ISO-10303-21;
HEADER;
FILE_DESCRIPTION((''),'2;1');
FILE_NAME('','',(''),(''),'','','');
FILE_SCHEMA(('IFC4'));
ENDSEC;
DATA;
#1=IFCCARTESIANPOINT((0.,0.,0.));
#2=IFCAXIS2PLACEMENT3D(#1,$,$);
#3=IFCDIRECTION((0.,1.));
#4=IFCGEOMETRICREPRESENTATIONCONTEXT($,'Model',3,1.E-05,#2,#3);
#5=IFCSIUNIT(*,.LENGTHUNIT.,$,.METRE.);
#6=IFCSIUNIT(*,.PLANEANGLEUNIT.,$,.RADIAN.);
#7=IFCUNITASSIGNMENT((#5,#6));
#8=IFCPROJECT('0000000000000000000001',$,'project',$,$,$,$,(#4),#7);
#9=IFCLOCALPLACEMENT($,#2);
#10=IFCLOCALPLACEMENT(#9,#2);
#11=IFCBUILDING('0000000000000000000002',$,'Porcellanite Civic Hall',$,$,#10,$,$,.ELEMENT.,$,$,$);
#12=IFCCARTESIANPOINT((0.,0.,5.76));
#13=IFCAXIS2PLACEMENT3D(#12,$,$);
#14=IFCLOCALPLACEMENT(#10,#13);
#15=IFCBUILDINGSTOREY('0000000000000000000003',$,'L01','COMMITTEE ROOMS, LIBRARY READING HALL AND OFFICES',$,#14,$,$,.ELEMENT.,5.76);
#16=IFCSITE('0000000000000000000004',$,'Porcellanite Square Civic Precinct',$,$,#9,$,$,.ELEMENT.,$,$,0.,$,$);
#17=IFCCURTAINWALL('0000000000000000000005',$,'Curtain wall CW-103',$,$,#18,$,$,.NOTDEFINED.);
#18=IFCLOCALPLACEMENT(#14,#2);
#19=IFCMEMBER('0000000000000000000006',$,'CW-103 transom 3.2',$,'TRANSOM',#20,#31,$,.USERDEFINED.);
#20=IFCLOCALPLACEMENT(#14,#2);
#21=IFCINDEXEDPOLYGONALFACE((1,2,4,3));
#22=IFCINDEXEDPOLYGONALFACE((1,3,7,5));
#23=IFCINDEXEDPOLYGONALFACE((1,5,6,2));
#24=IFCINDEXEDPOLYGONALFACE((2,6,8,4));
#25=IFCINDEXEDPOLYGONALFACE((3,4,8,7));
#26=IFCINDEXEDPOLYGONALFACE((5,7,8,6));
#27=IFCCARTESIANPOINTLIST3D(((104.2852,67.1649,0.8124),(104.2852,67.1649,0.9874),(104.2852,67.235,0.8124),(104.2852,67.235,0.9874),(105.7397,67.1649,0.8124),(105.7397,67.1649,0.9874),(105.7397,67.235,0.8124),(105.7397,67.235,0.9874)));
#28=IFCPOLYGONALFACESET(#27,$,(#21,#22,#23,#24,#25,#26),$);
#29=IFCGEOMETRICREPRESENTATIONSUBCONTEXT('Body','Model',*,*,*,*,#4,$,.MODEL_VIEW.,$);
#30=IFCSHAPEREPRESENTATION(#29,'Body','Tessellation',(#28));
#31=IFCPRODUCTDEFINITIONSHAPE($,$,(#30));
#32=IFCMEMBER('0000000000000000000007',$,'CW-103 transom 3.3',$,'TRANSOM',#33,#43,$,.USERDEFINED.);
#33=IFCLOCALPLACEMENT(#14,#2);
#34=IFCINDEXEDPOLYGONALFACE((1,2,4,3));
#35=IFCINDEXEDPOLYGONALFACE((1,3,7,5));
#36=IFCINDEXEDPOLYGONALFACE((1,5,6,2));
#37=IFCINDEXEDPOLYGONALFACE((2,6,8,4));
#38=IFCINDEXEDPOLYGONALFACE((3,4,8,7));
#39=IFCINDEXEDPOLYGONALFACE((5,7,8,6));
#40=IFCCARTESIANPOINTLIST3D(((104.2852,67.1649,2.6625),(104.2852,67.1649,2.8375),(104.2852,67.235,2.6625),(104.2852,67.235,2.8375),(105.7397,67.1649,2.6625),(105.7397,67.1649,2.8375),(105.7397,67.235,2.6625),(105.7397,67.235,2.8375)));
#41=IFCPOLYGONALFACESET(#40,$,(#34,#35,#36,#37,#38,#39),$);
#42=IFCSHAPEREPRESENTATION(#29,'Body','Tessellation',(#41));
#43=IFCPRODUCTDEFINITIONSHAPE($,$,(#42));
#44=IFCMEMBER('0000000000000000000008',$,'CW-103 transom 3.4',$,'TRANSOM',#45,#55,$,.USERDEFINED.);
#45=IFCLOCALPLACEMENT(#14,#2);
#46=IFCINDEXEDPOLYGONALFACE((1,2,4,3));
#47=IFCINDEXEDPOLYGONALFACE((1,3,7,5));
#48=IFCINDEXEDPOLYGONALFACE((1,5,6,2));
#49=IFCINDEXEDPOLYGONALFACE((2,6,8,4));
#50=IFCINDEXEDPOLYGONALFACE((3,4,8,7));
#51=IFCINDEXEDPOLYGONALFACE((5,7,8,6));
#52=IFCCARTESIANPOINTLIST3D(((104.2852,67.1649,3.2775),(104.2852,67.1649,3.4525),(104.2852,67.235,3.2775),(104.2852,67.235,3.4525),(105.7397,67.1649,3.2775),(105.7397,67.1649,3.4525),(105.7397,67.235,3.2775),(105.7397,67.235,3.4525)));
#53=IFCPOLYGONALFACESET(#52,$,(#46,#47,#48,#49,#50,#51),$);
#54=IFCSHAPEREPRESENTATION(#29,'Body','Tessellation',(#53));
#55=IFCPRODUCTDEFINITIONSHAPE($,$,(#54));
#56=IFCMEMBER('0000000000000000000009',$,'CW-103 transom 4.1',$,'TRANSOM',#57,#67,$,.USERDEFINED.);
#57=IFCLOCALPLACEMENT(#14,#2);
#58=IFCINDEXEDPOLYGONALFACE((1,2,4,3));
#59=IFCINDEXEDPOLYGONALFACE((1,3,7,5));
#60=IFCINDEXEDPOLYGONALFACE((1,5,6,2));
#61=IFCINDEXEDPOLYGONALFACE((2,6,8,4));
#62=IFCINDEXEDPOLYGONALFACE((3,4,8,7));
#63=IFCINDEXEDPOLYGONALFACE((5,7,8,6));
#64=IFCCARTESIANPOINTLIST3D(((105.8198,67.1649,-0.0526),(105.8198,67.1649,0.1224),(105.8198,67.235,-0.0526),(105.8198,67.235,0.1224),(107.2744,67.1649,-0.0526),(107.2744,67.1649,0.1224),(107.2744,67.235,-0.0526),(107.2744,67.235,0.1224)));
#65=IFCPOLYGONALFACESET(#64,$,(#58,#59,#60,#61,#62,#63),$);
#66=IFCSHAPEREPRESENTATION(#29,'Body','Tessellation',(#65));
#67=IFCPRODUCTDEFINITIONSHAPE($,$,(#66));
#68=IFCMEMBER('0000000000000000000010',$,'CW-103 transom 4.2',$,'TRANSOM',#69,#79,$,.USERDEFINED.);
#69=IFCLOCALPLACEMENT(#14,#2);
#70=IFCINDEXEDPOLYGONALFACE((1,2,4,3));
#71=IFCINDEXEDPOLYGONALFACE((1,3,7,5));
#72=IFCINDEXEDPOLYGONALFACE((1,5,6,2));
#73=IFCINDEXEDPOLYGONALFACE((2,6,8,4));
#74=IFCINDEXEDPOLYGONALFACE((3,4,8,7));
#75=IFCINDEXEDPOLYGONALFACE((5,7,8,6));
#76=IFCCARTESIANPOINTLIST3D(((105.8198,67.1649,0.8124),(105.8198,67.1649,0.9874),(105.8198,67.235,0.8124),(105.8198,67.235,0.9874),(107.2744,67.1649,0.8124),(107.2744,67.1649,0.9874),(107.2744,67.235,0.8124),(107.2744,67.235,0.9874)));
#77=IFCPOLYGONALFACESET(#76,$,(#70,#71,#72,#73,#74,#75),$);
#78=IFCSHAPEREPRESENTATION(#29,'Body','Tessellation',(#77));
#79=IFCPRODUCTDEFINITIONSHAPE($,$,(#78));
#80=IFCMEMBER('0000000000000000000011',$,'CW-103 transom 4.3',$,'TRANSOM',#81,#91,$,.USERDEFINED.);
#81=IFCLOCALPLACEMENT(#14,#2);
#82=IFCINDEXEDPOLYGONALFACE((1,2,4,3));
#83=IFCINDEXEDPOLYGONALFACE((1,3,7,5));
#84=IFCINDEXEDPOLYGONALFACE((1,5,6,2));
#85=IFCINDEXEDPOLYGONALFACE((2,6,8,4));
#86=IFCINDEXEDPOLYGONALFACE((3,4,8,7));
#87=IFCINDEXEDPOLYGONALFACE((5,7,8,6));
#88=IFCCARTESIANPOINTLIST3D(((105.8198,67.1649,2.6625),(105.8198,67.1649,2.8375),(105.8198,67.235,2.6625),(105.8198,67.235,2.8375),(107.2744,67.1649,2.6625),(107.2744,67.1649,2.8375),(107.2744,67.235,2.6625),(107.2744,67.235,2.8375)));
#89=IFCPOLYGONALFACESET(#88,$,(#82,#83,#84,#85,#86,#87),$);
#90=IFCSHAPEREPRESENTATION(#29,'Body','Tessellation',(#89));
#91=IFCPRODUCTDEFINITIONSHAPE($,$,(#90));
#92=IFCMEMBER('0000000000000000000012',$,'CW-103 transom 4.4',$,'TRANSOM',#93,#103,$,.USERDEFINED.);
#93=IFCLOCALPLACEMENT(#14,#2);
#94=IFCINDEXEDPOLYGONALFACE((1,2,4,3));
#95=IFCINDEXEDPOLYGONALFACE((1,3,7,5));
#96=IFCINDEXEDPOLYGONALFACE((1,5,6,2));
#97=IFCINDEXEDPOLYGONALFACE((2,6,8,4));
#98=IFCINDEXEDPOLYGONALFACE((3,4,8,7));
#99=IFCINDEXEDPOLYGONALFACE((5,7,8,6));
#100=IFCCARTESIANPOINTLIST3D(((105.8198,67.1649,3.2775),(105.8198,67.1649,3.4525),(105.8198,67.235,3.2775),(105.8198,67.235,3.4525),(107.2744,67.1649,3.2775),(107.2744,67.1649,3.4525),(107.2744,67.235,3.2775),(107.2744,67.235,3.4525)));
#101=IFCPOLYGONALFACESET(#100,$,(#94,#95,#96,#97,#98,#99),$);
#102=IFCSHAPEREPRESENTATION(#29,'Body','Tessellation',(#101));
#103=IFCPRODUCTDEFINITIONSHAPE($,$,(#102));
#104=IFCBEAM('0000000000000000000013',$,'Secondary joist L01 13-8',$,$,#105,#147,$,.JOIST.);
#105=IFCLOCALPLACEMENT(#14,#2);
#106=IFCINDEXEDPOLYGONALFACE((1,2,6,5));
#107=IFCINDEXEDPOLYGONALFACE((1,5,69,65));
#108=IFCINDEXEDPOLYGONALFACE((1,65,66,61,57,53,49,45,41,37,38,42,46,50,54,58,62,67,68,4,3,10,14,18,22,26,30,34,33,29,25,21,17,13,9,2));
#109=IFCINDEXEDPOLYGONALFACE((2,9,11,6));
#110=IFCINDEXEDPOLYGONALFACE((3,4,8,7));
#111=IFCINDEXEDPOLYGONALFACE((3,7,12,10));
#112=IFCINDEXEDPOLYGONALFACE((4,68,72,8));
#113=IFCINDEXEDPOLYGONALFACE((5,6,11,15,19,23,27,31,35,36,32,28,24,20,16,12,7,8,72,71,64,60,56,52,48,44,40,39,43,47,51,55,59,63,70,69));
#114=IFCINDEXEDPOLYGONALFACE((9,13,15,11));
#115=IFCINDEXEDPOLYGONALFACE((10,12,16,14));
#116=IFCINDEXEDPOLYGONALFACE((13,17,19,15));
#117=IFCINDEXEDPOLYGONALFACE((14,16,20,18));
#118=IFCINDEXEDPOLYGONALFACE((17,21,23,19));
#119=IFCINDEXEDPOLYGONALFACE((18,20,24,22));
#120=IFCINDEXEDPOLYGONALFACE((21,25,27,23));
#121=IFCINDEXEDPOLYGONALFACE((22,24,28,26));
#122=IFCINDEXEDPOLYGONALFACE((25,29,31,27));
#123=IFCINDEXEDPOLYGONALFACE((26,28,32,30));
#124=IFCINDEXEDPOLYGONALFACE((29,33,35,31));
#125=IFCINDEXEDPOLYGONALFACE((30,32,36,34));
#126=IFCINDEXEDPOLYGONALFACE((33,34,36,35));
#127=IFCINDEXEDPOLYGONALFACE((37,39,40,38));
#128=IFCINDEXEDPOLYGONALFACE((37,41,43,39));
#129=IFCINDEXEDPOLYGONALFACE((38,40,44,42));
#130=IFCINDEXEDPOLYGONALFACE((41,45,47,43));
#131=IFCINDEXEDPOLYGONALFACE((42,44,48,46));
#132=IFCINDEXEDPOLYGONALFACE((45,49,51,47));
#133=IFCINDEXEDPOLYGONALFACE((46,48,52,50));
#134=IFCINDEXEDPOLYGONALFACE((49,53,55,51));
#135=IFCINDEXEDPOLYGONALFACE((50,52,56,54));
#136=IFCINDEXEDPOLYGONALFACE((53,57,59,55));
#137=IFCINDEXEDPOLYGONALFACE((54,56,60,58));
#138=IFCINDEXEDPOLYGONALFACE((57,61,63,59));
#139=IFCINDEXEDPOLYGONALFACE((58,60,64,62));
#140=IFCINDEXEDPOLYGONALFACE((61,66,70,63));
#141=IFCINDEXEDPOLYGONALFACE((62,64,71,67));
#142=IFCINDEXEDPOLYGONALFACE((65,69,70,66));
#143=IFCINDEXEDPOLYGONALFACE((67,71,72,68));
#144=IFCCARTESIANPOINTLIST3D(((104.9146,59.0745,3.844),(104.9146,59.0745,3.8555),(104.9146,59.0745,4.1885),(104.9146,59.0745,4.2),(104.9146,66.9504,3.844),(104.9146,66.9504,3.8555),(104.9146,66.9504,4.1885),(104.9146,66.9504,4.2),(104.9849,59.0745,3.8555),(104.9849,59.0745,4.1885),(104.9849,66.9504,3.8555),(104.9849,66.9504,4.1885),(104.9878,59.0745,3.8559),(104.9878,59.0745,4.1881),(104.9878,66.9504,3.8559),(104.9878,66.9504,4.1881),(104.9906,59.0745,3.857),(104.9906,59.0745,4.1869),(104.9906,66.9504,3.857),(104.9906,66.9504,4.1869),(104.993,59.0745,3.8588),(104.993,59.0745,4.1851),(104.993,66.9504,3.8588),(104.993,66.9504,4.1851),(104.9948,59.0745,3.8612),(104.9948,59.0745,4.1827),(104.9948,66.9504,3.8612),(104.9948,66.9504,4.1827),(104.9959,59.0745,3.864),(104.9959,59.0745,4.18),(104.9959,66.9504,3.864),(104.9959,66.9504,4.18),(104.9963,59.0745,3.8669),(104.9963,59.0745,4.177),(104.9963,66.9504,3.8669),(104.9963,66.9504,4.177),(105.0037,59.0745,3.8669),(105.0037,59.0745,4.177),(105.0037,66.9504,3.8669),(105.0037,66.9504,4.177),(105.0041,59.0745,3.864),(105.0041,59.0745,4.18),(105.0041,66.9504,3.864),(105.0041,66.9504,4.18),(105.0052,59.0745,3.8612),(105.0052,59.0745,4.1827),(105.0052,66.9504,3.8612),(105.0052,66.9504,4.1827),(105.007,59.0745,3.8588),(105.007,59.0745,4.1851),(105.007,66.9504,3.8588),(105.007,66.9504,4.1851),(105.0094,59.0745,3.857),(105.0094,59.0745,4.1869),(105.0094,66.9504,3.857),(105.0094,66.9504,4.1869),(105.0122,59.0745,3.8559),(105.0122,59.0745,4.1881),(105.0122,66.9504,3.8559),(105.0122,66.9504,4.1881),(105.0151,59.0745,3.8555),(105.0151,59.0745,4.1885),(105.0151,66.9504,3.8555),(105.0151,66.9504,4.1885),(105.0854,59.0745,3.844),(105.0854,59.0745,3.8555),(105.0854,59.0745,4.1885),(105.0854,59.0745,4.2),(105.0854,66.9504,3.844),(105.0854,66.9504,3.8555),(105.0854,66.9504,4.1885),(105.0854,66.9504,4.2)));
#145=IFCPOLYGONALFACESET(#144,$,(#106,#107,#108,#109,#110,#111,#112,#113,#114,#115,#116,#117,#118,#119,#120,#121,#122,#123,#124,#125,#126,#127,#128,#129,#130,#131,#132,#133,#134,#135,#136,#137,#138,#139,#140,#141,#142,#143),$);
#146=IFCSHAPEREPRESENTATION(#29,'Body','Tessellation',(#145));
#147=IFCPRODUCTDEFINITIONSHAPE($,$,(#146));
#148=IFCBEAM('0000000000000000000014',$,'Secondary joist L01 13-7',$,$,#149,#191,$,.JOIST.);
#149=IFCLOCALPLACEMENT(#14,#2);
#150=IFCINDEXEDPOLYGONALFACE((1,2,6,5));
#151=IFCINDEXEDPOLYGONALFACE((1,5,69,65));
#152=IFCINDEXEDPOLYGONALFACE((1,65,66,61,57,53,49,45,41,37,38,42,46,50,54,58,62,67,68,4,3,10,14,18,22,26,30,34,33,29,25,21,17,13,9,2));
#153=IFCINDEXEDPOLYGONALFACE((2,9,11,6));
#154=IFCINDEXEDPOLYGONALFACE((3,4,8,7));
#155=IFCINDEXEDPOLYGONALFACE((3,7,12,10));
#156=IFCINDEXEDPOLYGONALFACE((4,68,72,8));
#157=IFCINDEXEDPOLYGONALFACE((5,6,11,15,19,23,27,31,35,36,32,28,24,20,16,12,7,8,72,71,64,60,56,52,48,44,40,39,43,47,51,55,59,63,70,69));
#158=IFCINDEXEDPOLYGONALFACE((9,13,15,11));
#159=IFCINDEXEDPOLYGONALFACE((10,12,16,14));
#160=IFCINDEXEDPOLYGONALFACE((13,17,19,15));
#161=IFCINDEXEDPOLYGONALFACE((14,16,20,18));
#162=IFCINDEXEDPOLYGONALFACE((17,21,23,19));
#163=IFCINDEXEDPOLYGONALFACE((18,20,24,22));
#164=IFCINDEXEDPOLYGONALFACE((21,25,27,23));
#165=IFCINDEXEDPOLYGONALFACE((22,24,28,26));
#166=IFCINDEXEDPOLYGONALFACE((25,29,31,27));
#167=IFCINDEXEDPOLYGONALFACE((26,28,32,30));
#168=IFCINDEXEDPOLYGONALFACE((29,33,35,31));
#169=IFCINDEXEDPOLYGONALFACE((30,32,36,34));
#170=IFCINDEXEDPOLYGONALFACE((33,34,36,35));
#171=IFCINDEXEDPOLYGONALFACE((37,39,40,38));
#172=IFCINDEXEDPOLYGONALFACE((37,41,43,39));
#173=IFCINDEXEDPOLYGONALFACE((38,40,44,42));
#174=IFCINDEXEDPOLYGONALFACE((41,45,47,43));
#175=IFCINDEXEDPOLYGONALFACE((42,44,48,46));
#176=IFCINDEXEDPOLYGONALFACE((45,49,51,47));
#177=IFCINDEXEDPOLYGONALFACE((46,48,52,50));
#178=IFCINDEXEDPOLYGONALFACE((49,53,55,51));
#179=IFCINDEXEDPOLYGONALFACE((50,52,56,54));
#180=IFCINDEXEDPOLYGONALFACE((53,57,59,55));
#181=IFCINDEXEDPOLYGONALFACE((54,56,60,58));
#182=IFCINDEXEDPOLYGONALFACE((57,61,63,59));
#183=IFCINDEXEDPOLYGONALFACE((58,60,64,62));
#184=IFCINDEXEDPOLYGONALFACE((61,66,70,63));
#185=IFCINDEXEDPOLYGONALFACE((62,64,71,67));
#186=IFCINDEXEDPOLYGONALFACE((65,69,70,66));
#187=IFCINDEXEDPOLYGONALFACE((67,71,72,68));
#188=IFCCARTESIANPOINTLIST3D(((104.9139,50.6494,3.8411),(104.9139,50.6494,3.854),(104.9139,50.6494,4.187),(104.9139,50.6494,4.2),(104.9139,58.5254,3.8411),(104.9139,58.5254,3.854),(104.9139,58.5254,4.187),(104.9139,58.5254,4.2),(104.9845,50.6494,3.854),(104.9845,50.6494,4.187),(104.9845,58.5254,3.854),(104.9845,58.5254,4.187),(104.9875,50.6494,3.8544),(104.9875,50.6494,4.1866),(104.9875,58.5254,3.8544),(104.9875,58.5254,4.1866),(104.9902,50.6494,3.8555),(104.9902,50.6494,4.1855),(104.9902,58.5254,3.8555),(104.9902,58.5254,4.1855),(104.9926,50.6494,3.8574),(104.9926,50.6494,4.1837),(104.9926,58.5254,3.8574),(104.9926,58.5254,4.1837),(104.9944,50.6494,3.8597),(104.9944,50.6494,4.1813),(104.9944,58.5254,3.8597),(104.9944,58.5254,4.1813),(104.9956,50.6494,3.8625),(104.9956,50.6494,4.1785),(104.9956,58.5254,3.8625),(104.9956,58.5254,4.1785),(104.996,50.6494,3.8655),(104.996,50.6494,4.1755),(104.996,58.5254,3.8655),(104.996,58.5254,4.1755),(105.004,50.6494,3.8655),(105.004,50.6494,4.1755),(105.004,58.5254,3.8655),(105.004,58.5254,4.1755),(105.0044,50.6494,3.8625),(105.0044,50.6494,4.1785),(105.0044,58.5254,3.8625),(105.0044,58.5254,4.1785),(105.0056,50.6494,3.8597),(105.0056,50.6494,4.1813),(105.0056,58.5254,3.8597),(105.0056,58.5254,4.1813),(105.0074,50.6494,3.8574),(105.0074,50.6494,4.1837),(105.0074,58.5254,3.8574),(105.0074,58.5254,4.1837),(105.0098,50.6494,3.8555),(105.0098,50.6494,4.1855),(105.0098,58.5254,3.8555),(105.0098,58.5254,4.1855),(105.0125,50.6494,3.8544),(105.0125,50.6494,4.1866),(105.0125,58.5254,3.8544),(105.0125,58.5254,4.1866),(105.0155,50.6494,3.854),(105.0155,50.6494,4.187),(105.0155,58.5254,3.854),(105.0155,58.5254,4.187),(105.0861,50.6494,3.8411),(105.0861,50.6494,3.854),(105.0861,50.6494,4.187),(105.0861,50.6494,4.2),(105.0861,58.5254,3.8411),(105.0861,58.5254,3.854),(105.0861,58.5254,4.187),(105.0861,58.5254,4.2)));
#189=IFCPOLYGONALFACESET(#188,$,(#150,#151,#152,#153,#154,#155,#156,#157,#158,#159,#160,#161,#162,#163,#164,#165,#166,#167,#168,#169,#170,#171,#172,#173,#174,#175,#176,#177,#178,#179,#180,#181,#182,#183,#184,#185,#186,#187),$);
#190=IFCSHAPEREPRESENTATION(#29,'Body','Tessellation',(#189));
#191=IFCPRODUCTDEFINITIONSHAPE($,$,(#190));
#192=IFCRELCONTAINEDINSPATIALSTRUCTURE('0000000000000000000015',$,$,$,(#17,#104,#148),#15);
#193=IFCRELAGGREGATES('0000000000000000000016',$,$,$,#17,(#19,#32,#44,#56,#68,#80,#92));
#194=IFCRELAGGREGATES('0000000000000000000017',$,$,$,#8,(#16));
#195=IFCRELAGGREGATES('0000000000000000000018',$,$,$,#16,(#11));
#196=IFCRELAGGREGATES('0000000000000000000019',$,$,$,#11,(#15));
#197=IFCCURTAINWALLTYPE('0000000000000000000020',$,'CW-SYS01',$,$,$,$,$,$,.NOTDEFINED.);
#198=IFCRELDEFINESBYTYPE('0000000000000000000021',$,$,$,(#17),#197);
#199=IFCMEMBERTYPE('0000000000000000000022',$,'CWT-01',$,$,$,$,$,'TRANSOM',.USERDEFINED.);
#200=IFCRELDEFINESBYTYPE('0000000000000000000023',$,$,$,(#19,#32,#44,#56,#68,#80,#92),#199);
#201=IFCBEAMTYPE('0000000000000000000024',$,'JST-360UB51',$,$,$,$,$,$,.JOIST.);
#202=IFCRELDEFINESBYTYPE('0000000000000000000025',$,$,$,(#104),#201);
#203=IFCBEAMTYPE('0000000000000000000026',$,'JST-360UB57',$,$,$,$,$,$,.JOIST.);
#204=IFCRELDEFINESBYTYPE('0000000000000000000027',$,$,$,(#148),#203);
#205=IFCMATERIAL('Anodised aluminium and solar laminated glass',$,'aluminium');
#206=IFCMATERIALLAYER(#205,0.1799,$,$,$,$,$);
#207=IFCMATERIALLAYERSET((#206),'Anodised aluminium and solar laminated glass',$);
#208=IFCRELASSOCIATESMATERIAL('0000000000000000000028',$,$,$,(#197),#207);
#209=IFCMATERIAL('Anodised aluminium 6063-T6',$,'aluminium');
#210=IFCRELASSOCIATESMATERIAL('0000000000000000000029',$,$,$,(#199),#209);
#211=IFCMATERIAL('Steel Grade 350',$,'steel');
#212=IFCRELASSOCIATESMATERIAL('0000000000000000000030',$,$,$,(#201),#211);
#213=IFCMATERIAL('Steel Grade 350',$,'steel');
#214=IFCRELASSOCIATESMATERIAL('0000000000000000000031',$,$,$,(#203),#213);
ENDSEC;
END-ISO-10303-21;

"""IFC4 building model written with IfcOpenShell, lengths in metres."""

from ifc_helpers import new_model, si_unit, direction, frame, origin, origin_2d, place, context, subcontext, project, spatial, rectangle, i_section, extrude, material, layer, layer_set, material_profile, profile_set, type_object, element, aggregate, save


model = new_model("IFC4")

# Units and contexts
model_context = context("Model", 3, precision=1e-05, world=origin(), true_north=direction((0.0, 1.0)))
body_context = subcontext(model_context, "Body", "Model", "MODEL_VIEW")
ifc_project = project(units=[si_unit("LENGTHUNIT", "METRE"), si_unit("PLANEANGLEUNIT", "RADIAN")], contexts=[model_context])

# Site, building, storey
site_placement = place(None, origin())
site = spatial("IfcSite", under=ifc_project, at=site_placement, Name="Porcellanite Square Civic Precinct", CompositionType="ELEMENT", RefElevation=0.0)
building_placement = place(site_placement, origin())
building = spatial("IfcBuilding", under=site, at=building_placement, Name="Porcellanite Civic Hall", CompositionType="ELEMENT")
storey_placement = place(building_placement, frame((0.0, 0.0, 5.76)))
storey = spatial("IfcBuildingStorey", under=building, at=storey_placement, Name="L01", Description="COMMITTEE ROOMS, LIBRARY READING HALL AND OFFICES", CompositionType="ELEMENT", Elevation=5.76)

# Shared definitions
ifc_material_1 = material(Name="Anodised aluminium and solar laminated glass", Category="aluminium")
ifc_layer_1 = layer(ifc_material_1, 0.1799)
ifc_layer_set_1 = layer_set([ifc_layer_1], Name="Anodised aluminium and solar laminated glass")
curtain_wall_type = type_object("IfcCurtainWallType", Name="CW-SYS01", PredefinedType="NOTDEFINED", material=ifc_layer_set_1)

# Curtain wall
curtain_wall_1_placement = place(storey_placement, origin())
curtain_wall_1 = element("IfcCurtainWall", 1, at=curtain_wall_1_placement, inside=storey, type_object=curtain_wall_type, Name="Curtain wall CW-103", PredefinedType="NOTDEFINED")

# Members
ifc_material_2 = material(Name="Anodised aluminium 6063-T6", Category="aluminium")
ifc_material_profile_1 = material_profile(ifc_material_2, rectangle(XDim=0.0701, YDim=0.175, at=origin_2d()), Name="AL-70x175")
ifc_profile_set_1 = profile_set([ifc_material_profile_1], Name="Anodised aluminium 6063-T6")
member_type_1 = type_object("IfcMemberType", Name="CWT-01", ElementType="TRANSOM", PredefinedType="USERDEFINED", material=ifc_profile_set_1)
member_1_placement = place(storey_placement, frame((104.2852, 67.2, 0.8999), z_axis=(1.0, 0.0, 0.0), x_axis=(0.0, 1.0, 0.0)))
member_1 = element("IfcMember", 2, at=member_1_placement, type_object=member_type_1, Name="CW-103 transom 3.2", ObjectType="TRANSOM", PredefinedType="USERDEFINED", context=body_context, shape_type="SweptSolid", body=[
    extrude(rectangle(XDim=0.0701, YDim=0.175, at=origin_2d()), origin(), (0.0, 0.0, 1.0), 1.4546),
])
member_2_placement = place(storey_placement, frame((104.2852, 67.2, 2.75), z_axis=(1.0, 0.0, 0.0), x_axis=(0.0, 1.0, 0.0)))
member_2 = element("IfcMember", 3, at=member_2_placement, type_object=member_type_1, Name="CW-103 transom 3.3", ObjectType="TRANSOM", PredefinedType="USERDEFINED", context=body_context, shape_type="SweptSolid", body=[
    extrude(rectangle(XDim=0.0701, YDim=0.175, at=origin_2d()), origin(), (0.0, 0.0, 1.0), 1.4546),
])
member_3_placement = place(storey_placement, frame((104.2852, 67.2, 3.365), z_axis=(1.0, 0.0, 0.0), x_axis=(0.0, 1.0, 0.0)))
member_3 = element("IfcMember", 4, at=member_3_placement, type_object=member_type_1, Name="CW-103 transom 3.4", ObjectType="TRANSOM", PredefinedType="USERDEFINED", context=body_context, shape_type="SweptSolid", body=[
    extrude(rectangle(XDim=0.0701, YDim=0.175, at=origin_2d()), origin(), (0.0, 0.0, 1.0), 1.4546),
])
member_4_placement = place(storey_placement, frame((105.8198, 67.2, 0.0349), z_axis=(1.0, 0.0, 0.0), x_axis=(0.0, 1.0, 0.0)))
member_4 = element("IfcMember", 5, at=member_4_placement, type_object=member_type_1, Name="CW-103 transom 4.1", ObjectType="TRANSOM", PredefinedType="USERDEFINED", context=body_context, shape_type="SweptSolid", body=[
    extrude(rectangle(XDim=0.0701, YDim=0.175, at=origin_2d()), origin(), (0.0, 0.0, 1.0), 1.4546),
])
member_5_placement = place(storey_placement, frame((105.8198, 67.2, 0.8999), z_axis=(1.0, 0.0, 0.0), x_axis=(0.0, 1.0, 0.0)))
member_5 = element("IfcMember", 6, at=member_5_placement, type_object=member_type_1, Name="CW-103 transom 4.2", ObjectType="TRANSOM", PredefinedType="USERDEFINED", context=body_context, shape_type="SweptSolid", body=[
    extrude(rectangle(XDim=0.0701, YDim=0.175, at=origin_2d()), origin(), (0.0, 0.0, 1.0), 1.4546),
])
member_6_placement = place(storey_placement, frame((105.8198, 67.2, 2.75), z_axis=(1.0, 0.0, 0.0), x_axis=(0.0, 1.0, 0.0)))
member_6 = element("IfcMember", 7, at=member_6_placement, type_object=member_type_1, Name="CW-103 transom 4.3", ObjectType="TRANSOM", PredefinedType="USERDEFINED", context=body_context, shape_type="SweptSolid", body=[
    extrude(rectangle(XDim=0.0701, YDim=0.175, at=origin_2d()), origin(), (0.0, 0.0, 1.0), 1.4546),
])
member_7_placement = place(storey_placement, frame((105.8198, 67.2, 3.365), z_axis=(1.0, 0.0, 0.0), x_axis=(0.0, 1.0, 0.0)))
member_7 = element("IfcMember", 8, at=member_7_placement, type_object=member_type_1, Name="CW-103 transom 4.4", ObjectType="TRANSOM", PredefinedType="USERDEFINED", context=body_context, shape_type="SweptSolid", body=[
    extrude(rectangle(XDim=0.0701, YDim=0.175, at=origin_2d()), origin(), (0.0, 0.0, 1.0), 1.4546),
])

# Beams
ifc_material_3 = material(Name="Steel Grade 350", Category="steel")
ifc_material_profile_2 = material_profile(ifc_material_3, i_section(OverallWidth=0.1709, OverallDepth=0.356, WebThickness=0.0073, FlangeThickness=0.0115, FilletRadius=0.0115, at=origin_2d()), Name="360UB50.7")
ifc_profile_set_2 = profile_set([ifc_material_profile_2], Name="Steel Grade 350")
beam_type_1 = type_object("IfcBeamType", Name="JST-360UB51", PredefinedType="JOIST", material=ifc_profile_set_2)
beam_1_placement = place(storey_placement, frame((105.0, 59.0745, 4.022), z_axis=(0.0, 1.0, 0.0), x_axis=(-1.0, 0.0, 0.0)))
element("IfcBeam", 9, at=beam_1_placement, inside=storey, type_object=beam_type_1, Name="Secondary joist L01 13-8", PredefinedType="JOIST", context=body_context, shape_type="SweptSolid", body=[
    extrude(i_section(OverallWidth=0.1709, OverallDepth=0.356, WebThickness=0.0073, FlangeThickness=0.0115, FilletRadius=0.0115, at=origin_2d()), origin(), (0.0, 0.0, 1.0), 7.876),
])
ifc_material_4 = material(Name="Steel Grade 350", Category="steel")
ifc_material_profile_3 = material_profile(ifc_material_4, i_section(OverallWidth=0.1721, OverallDepth=0.3589, WebThickness=0.0081, FlangeThickness=0.0129, FilletRadius=0.0115, at=origin_2d()), Name="360UB56.7")
ifc_profile_set_3 = profile_set([ifc_material_profile_3], Name="Steel Grade 350")
beam_type_2 = type_object("IfcBeamType", Name="JST-360UB57", PredefinedType="JOIST", material=ifc_profile_set_3)
beam_2_placement = place(storey_placement, frame((105.0, 50.6494, 4.0205), z_axis=(0.0, 1.0, 0.0), x_axis=(-1.0, 0.0, 0.0)))
element("IfcBeam", 10, at=beam_2_placement, inside=storey, type_object=beam_type_2, Name="Secondary joist L01 13-7", PredefinedType="JOIST", context=body_context, shape_type="SweptSolid", body=[
    extrude(i_section(OverallWidth=0.1721, OverallDepth=0.3589, WebThickness=0.0081, FlangeThickness=0.0129, FilletRadius=0.0115, at=origin_2d()), origin(), (0.0, 0.0, 1.0), 7.876),
])

aggregate(curtain_wall_1, [member_1, member_2, member_3, member_4, member_5, member_6, member_7])

save(model, "model.ifc")
